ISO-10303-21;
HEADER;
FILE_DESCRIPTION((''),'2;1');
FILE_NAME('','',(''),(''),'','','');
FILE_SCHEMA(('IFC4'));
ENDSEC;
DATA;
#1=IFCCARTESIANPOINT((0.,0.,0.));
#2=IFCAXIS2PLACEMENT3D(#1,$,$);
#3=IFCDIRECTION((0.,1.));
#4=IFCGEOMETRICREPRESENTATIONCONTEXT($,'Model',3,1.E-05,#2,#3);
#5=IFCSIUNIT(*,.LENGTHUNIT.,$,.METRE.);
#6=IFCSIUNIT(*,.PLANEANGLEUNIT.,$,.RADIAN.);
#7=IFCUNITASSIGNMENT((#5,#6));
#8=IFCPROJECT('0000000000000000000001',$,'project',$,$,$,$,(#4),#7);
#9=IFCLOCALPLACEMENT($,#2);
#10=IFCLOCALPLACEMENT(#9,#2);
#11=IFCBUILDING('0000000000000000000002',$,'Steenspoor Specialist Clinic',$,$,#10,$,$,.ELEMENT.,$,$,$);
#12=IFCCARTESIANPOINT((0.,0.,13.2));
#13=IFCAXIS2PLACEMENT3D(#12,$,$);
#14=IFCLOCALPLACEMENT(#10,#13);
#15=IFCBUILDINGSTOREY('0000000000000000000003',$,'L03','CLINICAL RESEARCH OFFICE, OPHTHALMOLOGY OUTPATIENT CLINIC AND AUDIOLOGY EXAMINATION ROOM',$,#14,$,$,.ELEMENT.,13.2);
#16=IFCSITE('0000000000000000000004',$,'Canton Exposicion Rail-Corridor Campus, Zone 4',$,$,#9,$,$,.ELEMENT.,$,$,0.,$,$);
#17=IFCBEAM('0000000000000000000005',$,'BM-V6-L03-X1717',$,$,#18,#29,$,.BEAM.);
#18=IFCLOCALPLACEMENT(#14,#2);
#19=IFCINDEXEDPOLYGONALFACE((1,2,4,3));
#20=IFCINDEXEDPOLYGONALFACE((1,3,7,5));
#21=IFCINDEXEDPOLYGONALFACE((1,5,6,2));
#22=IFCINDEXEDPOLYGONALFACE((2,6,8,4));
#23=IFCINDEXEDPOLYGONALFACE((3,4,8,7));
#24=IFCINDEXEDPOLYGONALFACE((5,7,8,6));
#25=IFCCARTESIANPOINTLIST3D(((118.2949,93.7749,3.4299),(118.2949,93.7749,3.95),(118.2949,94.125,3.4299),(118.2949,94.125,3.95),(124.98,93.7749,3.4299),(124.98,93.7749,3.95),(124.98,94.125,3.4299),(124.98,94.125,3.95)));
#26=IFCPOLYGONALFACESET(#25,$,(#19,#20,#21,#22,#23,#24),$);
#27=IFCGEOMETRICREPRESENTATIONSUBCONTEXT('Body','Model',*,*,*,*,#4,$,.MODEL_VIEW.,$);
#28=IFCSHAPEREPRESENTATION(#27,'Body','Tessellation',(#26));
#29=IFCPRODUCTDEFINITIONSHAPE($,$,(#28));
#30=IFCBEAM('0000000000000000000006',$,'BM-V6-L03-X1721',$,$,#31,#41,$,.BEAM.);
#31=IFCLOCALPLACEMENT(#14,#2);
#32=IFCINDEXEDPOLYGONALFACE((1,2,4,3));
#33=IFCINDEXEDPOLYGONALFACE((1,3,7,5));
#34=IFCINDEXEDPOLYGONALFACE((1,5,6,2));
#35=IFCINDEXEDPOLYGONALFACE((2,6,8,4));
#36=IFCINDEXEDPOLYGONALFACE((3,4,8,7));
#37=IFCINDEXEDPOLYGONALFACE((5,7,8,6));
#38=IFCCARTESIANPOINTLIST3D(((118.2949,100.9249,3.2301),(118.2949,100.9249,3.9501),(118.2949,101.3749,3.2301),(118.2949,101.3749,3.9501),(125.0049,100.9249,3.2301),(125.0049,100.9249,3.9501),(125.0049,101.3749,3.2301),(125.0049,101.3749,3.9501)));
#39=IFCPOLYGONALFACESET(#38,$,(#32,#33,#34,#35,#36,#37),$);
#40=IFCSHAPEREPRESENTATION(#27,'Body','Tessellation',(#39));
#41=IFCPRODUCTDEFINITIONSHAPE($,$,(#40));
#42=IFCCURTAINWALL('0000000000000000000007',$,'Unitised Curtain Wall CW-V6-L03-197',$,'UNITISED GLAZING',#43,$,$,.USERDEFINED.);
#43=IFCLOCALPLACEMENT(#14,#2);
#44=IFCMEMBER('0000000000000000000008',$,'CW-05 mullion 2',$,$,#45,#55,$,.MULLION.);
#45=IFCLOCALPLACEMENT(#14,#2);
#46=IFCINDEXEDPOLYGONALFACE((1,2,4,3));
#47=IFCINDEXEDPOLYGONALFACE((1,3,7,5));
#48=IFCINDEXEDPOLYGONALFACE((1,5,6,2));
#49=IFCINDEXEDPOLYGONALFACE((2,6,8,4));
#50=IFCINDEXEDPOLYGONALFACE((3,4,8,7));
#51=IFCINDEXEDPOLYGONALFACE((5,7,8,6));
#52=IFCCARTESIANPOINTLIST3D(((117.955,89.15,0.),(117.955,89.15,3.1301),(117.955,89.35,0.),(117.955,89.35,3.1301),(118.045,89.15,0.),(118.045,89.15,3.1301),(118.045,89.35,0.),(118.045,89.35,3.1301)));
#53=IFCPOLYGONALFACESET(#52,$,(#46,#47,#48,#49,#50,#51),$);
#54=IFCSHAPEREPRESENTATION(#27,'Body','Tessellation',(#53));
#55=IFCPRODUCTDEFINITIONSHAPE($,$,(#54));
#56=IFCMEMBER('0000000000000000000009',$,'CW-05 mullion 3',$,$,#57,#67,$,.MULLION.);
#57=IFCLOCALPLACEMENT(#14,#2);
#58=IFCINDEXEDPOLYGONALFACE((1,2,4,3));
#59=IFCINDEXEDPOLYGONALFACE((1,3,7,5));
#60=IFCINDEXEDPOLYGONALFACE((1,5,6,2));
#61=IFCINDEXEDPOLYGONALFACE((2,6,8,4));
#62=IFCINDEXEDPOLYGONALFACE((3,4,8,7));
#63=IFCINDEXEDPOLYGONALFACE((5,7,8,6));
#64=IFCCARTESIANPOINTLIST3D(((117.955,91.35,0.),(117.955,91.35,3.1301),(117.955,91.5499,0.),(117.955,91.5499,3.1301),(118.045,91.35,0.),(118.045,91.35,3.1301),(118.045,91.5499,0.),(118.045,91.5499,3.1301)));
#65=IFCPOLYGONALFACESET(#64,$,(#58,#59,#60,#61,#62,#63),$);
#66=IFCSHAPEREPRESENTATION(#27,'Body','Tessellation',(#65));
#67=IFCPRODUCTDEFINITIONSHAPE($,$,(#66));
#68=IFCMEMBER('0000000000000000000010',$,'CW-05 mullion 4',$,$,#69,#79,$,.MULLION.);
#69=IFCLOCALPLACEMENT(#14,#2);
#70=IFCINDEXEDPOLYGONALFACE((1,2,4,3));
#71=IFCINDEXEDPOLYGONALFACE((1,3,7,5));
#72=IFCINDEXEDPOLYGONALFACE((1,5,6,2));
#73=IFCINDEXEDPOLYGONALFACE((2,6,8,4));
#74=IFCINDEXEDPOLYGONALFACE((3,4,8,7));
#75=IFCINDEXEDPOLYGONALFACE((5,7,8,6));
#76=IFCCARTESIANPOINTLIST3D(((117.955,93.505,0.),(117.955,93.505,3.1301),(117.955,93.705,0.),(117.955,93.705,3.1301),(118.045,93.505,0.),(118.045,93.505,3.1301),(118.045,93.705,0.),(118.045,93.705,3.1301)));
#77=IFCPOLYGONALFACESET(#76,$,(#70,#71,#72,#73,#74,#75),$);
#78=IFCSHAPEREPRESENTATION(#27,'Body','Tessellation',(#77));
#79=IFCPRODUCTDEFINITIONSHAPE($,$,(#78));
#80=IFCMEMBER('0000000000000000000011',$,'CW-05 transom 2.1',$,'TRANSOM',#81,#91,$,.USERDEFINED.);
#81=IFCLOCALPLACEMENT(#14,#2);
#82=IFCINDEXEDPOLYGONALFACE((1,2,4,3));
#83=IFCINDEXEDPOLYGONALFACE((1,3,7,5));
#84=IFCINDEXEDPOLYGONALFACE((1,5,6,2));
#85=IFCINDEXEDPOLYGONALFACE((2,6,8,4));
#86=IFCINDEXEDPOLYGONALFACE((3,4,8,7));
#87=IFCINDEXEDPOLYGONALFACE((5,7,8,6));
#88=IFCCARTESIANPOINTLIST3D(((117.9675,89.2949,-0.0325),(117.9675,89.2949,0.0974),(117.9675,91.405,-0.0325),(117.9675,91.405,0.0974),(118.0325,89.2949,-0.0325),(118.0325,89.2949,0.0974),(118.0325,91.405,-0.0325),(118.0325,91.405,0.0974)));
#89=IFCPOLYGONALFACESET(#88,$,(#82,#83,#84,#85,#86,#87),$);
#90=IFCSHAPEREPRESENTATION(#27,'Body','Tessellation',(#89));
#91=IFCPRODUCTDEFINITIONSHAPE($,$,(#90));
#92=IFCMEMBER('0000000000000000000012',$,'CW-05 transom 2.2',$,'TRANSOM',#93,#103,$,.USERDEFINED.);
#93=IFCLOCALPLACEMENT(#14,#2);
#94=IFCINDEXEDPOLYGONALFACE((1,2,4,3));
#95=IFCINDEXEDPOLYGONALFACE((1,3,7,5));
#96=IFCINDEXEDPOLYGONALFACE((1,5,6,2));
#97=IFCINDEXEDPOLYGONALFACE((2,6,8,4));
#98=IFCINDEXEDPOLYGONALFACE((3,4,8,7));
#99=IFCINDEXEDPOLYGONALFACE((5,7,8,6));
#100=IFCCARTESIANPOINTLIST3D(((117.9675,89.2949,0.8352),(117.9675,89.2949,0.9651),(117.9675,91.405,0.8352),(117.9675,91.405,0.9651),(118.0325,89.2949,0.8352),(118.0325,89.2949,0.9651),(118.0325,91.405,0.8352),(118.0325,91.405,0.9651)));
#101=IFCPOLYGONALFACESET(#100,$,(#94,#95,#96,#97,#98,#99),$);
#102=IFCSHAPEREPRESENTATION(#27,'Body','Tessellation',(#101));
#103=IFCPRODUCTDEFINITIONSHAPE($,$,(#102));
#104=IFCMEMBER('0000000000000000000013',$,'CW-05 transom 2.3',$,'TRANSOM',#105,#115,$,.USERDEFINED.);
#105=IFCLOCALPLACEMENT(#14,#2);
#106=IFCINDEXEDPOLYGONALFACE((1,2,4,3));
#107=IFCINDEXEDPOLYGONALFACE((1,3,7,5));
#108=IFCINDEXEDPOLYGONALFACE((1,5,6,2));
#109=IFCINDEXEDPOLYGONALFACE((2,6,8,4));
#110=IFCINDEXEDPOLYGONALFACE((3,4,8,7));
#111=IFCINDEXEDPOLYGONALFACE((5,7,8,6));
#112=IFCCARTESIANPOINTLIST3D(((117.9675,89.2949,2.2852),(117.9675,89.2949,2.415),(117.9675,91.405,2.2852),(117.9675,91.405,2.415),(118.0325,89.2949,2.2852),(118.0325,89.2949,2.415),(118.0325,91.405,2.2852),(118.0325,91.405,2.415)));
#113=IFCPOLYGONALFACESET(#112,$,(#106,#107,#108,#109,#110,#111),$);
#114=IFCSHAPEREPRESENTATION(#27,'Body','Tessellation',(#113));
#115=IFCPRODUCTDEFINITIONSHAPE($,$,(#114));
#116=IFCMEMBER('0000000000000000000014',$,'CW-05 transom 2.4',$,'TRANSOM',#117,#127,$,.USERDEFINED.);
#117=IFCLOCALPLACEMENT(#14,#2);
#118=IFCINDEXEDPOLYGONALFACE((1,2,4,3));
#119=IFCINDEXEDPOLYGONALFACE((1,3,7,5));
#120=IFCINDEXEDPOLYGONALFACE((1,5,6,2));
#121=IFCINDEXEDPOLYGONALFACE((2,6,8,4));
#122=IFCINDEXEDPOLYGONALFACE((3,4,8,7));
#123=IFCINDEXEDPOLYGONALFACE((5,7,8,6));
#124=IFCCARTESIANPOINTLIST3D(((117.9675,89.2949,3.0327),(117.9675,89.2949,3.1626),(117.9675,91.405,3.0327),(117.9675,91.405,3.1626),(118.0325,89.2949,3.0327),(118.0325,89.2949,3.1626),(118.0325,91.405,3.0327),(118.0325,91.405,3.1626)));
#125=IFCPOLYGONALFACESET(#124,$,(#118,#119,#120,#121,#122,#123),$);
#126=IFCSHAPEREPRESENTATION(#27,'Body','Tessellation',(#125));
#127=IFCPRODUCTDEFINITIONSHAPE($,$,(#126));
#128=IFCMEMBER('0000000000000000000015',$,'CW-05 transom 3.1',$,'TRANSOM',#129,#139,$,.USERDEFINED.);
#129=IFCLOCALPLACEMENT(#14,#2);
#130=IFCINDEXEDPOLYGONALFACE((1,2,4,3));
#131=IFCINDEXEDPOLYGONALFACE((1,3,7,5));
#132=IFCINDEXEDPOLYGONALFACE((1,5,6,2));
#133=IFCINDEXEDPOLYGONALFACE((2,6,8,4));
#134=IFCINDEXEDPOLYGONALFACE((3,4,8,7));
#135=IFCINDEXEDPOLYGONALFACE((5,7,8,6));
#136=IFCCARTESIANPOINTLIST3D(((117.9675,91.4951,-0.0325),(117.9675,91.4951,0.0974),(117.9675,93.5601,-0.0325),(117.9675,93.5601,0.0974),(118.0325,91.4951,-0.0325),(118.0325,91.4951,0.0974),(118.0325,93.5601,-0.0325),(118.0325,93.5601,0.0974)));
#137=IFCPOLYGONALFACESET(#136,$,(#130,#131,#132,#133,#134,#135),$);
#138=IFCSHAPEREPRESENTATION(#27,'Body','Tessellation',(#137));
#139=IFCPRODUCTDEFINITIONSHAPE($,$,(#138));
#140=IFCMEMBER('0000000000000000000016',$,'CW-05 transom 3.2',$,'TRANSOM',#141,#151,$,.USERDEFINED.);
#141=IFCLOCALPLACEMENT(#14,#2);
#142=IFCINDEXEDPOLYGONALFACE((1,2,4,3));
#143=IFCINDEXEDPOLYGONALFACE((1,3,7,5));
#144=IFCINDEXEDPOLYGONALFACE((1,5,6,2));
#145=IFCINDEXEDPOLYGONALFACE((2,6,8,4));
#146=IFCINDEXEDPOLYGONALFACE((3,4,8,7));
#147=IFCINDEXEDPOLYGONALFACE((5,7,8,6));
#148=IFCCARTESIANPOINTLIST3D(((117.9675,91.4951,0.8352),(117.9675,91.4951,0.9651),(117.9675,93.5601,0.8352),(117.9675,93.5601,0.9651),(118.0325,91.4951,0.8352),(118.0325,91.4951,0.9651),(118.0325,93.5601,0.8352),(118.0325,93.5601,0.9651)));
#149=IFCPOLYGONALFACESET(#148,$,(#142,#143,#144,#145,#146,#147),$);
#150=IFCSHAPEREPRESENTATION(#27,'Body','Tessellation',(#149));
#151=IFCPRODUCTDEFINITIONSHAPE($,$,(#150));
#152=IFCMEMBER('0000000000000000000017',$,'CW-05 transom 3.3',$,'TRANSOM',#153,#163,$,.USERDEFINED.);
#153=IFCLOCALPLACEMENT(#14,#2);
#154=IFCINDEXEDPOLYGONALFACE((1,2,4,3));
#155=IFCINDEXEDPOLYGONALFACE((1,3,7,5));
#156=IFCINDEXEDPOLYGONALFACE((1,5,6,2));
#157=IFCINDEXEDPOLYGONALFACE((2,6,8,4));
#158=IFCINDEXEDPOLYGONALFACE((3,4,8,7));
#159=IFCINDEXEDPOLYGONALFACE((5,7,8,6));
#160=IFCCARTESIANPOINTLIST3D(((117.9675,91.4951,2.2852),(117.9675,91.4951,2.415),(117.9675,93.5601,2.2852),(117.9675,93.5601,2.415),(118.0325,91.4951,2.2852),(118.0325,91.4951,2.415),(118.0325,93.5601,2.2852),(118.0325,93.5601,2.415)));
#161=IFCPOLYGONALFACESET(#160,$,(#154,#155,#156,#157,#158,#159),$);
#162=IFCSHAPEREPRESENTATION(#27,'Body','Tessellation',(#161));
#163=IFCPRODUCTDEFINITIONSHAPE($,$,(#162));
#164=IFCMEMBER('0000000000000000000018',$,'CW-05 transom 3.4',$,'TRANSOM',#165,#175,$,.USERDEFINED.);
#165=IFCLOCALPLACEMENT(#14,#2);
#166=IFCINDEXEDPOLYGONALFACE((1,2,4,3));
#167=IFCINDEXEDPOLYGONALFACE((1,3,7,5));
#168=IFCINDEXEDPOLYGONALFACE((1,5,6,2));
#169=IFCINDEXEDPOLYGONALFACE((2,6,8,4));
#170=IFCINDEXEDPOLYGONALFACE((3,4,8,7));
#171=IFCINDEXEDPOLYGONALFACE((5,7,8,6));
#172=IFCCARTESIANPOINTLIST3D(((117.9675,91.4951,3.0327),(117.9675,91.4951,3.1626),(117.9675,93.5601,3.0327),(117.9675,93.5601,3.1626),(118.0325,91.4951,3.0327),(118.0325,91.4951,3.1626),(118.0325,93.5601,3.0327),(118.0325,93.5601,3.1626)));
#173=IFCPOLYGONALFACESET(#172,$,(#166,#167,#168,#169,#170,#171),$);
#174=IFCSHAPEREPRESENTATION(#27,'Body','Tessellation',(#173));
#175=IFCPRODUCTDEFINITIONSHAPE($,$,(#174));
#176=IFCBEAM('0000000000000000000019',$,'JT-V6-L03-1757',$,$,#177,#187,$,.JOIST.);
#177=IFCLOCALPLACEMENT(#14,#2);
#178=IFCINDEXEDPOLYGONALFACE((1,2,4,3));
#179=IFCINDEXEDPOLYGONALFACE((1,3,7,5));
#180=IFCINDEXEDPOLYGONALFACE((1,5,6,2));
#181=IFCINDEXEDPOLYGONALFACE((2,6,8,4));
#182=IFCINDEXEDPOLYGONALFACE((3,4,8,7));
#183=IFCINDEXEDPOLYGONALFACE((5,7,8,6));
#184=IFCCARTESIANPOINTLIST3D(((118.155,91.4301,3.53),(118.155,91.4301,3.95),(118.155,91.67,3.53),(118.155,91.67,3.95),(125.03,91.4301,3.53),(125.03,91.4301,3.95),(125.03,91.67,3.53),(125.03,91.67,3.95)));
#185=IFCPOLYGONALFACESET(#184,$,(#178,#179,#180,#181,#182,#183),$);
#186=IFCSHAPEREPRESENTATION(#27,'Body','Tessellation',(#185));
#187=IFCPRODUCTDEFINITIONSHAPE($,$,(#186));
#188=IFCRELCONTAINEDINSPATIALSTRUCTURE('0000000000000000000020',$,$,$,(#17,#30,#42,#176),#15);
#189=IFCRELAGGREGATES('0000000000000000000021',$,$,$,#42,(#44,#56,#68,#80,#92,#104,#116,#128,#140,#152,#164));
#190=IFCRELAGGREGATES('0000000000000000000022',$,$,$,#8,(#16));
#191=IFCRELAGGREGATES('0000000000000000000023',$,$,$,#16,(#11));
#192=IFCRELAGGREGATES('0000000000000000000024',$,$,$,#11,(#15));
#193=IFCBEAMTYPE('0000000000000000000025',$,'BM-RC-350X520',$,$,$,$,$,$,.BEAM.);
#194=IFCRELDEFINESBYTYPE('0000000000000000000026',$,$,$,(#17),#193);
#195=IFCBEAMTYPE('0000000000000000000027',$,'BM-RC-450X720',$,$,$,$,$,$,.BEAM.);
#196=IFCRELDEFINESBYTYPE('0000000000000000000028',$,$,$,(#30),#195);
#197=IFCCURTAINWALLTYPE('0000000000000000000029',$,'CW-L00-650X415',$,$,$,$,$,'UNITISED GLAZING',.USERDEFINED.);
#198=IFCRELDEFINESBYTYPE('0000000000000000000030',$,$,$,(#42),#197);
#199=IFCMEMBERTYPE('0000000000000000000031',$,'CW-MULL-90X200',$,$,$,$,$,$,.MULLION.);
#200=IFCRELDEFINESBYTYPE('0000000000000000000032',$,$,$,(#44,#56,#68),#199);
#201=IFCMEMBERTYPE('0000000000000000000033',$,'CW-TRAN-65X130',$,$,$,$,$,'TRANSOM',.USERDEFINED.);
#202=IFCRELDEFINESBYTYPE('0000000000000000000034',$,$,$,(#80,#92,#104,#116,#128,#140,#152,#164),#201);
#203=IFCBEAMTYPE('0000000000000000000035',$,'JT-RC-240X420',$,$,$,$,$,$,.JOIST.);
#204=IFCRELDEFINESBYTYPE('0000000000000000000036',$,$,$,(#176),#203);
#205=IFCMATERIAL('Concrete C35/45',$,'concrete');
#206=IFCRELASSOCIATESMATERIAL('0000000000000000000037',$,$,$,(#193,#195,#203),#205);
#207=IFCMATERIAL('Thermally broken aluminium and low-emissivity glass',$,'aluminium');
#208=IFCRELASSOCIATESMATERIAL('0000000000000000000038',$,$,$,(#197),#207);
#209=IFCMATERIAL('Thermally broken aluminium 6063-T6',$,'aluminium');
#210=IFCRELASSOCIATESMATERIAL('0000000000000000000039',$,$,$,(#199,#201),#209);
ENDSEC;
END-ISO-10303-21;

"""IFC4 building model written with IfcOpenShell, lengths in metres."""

from ifc_helpers import new_model, si_unit, direction, frame, origin, origin_2d, place, context, subcontext, project, spatial, rectangle, extrude, material, material_profile, profile_set, type_object, element, aggregate, save


model = new_model("IFC4")

# Units and contexts
model_context = context("Model", 3, precision=1e-05, world=origin(), true_north=direction((0.0, 1.0)))
body_context = subcontext(model_context, "Body", "Model", "MODEL_VIEW")
ifc_project = project(units=[si_unit("LENGTHUNIT", "METRE"), si_unit("PLANEANGLEUNIT", "RADIAN")], contexts=[model_context])

# Site, building, storey
site_placement = place(None, origin())
site = spatial("IfcSite", under=ifc_project, at=site_placement, Name="Canton Exposicion Rail-Corridor Campus, Zone 4", CompositionType="ELEMENT", RefElevation=0.0)
building_placement = place(site_placement, origin())
building = spatial("IfcBuilding", under=site, at=building_placement, Name="Steenspoor Specialist Clinic", CompositionType="ELEMENT")
storey_placement = place(building_placement, frame((0.0, 0.0, 13.2)))
storey = spatial("IfcBuildingStorey", under=building, at=storey_placement, Name="L03", Description="CLINICAL RESEARCH OFFICE, OPHTHALMOLOGY OUTPATIENT CLINIC AND AUDIOLOGY EXAMINATION ROOM", CompositionType="ELEMENT", Elevation=13.2)

# Beams
ifc_material_1 = material(Name="Concrete C35/45", Category="concrete")
ifc_material_profile_1 = material_profile(ifc_material_1, rectangle(XDim=0.3501, YDim=0.52, at=origin_2d()), Name="RC-BM-350X520")
ifc_profile_set_1 = profile_set([ifc_material_profile_1], Name="Concrete C35/45")
beam_type_1 = type_object("IfcBeamType", Name="BM-RC-350X520", PredefinedType="BEAM", material=ifc_profile_set_1)
beam_1_placement = place(storey_placement, frame((118.2949, 93.95, 3.6899), z_axis=(1.0, 0.0, 0.0), x_axis=(0.0, 1.0, 0.0)))
element("IfcBeam", 1, at=beam_1_placement, inside=storey, type_object=beam_type_1, Name="BM-V6-L03-X1717", PredefinedType="BEAM", context=body_context, shape_type="SweptSolid", body=[
    extrude(rectangle(XDim=0.3501, YDim=0.52, at=origin_2d()), origin(), (0.0, 0.0, 1.0), 6.6851),
])
ifc_material_profile_2 = material_profile(ifc_material_1, rectangle(XDim=0.45, YDim=0.72, at=origin_2d()), Name="RC-BM-450X720")
ifc_profile_set_2 = profile_set([ifc_material_profile_2], Name="Concrete C35/45")
beam_type_2 = type_object("IfcBeamType", Name="BM-RC-450X720", PredefinedType="BEAM", material=ifc_profile_set_2)
beam_2_placement = place(storey_placement, frame((118.2949, 101.1499, 3.5901), z_axis=(1.0, 0.0, 0.0), x_axis=(0.0, 1.0, 0.0)))
element("IfcBeam", 2, at=beam_2_placement, inside=storey, type_object=beam_type_2, Name="BM-V6-L03-X1721", PredefinedType="BEAM", context=body_context, shape_type="SweptSolid", body=[
    extrude(rectangle(XDim=0.45, YDim=0.72, at=origin_2d()), origin(), (0.0, 0.0, 1.0), 6.71),
])

# Curtain wall, members
ifc_material_2 = material(Name="Thermally broken aluminium and low-emissivity glass", Category="aluminium")
curtain_wall_type = type_object("IfcCurtainWallType", Name="CW-L00-650X415", ElementType="UNITISED GLAZING", PredefinedType="USERDEFINED", material=ifc_material_2)
curtain_wall_placement = place(storey_placement, origin())
curtain_wall = element("IfcCurtainWall", 3, at=curtain_wall_placement, inside=storey, type_object=curtain_wall_type, Name="Unitised Curtain Wall CW-V6-L03-197", ObjectType="UNITISED GLAZING", PredefinedType="USERDEFINED")
ifc_material_3 = material(Name="Thermally broken aluminium 6063-T6", Category="aluminium")
ifc_material_profile_3 = material_profile(ifc_material_3, rectangle(XDim=0.0901, YDim=0.2, at=origin_2d()), Name="CWM-90X200")
ifc_profile_set_3 = profile_set([ifc_material_profile_3], Name="Thermally broken aluminium 6063-T6")
member_type_1 = type_object("IfcMemberType", Name="CW-MULL-90X200", PredefinedType="MULLION", material=ifc_profile_set_3)
member_1_placement = place(storey_placement, frame((118.0, 89.25, 0.0), z_axis=(0.0, 0.0, 1.0), x_axis=(-1.0, 0.0, 0.0)))
member_1 = element("IfcMember", 4, at=member_1_placement, type_object=member_type_1, Name="CW-05 mullion 2", PredefinedType="MULLION", context=body_context, shape_type="SweptSolid", body=[
    extrude(rectangle(XDim=0.0901, YDim=0.2, at=origin_2d()), origin(), (0.0, 0.0, 1.0), 3.1301),
])
member_2_placement = place(storey_placement, frame((118.0, 91.45, 0.0), z_axis=(0.0, 0.0, 1.0), x_axis=(-1.0, 0.0, 0.0)))
member_2 = element("IfcMember", 5, at=member_2_placement, type_object=member_type_1, Name="CW-05 mullion 3", PredefinedType="MULLION", context=body_context, shape_type="SweptSolid", body=[
    extrude(rectangle(XDim=0.0901, YDim=0.2, at=origin_2d()), origin(), (0.0, 0.0, 1.0), 3.1301),
])
member_3_placement = place(storey_placement, frame((118.0, 93.605, 0.0), z_axis=(0.0, 0.0, 1.0), x_axis=(-1.0, 0.0, 0.0)))
member_3 = element("IfcMember", 6, at=member_3_placement, type_object=member_type_1, Name="CW-05 mullion 4", PredefinedType="MULLION", context=body_context, shape_type="SweptSolid", body=[
    extrude(rectangle(XDim=0.0901, YDim=0.2, at=origin_2d()), origin(), (0.0, 0.0, 1.0), 3.1301),
])
ifc_material_profile_4 = material_profile(ifc_material_3, rectangle(XDim=0.0649, YDim=0.1299, at=origin_2d()), Name="CWT-65X130")
ifc_profile_set_4 = profile_set([ifc_material_profile_4], Name="Thermally broken aluminium 6063-T6")
member_type_2 = type_object("IfcMemberType", Name="CW-TRAN-65X130", ElementType="TRANSOM", PredefinedType="USERDEFINED", material=ifc_profile_set_4)
member_4_placement = place(storey_placement, frame((118.0, 89.2949, 0.0325), z_axis=(0.0, 1.0, 0.0), x_axis=(-1.0, 0.0, 0.0)))
member_4 = element("IfcMember", 7, at=member_4_placement, type_object=member_type_2, Name="CW-05 transom 2.1", ObjectType="TRANSOM", PredefinedType="USERDEFINED", context=body_context, shape_type="SweptSolid", body=[
    extrude(rectangle(XDim=0.0649, YDim=0.1299, at=origin_2d()), origin(), (0.0, 0.0, 1.0), 2.1101),
])
member_5_placement = place(storey_placement, frame((118.0, 89.2949, 0.9001), z_axis=(0.0, 1.0, 0.0), x_axis=(-1.0, 0.0, 0.0)))
member_5 = element("IfcMember", 8, at=member_5_placement, type_object=member_type_2, Name="CW-05 transom 2.2", ObjectType="TRANSOM", PredefinedType="USERDEFINED", context=body_context, shape_type="SweptSolid", body=[
    extrude(rectangle(XDim=0.0649, YDim=0.1299, at=origin_2d()), origin(), (0.0, 0.0, 1.0), 2.1101),
])
member_6_placement = place(storey_placement, frame((118.0, 89.2949, 2.3501), z_axis=(0.0, 1.0, 0.0), x_axis=(-1.0, 0.0, 0.0)))
member_6 = element("IfcMember", 9, at=member_6_placement, type_object=member_type_2, Name="CW-05 transom 2.3", ObjectType="TRANSOM", PredefinedType="USERDEFINED", context=body_context, shape_type="SweptSolid", body=[
    extrude(rectangle(XDim=0.0649, YDim=0.1299, at=origin_2d()), origin(), (0.0, 0.0, 1.0), 2.1101),
])
member_7_placement = place(storey_placement, frame((118.0, 89.2949, 3.0977), z_axis=(0.0, 1.0, 0.0), x_axis=(-1.0, 0.0, 0.0)))
member_7 = element("IfcMember", 10, at=member_7_placement, type_object=member_type_2, Name="CW-05 transom 2.4", ObjectType="TRANSOM", PredefinedType="USERDEFINED", context=body_context, shape_type="SweptSolid", body=[
    extrude(rectangle(XDim=0.0649, YDim=0.1299, at=origin_2d()), origin(), (0.0, 0.0, 1.0), 2.1101),
])
member_8_placement = place(storey_placement, frame((118.0, 91.4951, 0.0325), z_axis=(0.0, 1.0, 0.0), x_axis=(-1.0, 0.0, 0.0)))
member_8 = element("IfcMember", 11, at=member_8_placement, type_object=member_type_2, Name="CW-05 transom 3.1", ObjectType="TRANSOM", PredefinedType="USERDEFINED", context=body_context, shape_type="SweptSolid", body=[
    extrude(rectangle(XDim=0.0649, YDim=0.1299, at=origin_2d()), origin(), (0.0, 0.0, 1.0), 2.0649),
])
member_9_placement = place(storey_placement, frame((118.0, 91.4951, 0.9001), z_axis=(0.0, 1.0, 0.0), x_axis=(-1.0, 0.0, 0.0)))
member_9 = element("IfcMember", 12, at=member_9_placement, type_object=member_type_2, Name="CW-05 transom 3.2", ObjectType="TRANSOM", PredefinedType="USERDEFINED", context=body_context, shape_type="SweptSolid", body=[
    extrude(rectangle(XDim=0.0649, YDim=0.1299, at=origin_2d()), origin(), (0.0, 0.0, 1.0), 2.0649),
])
member_10_placement = place(storey_placement, frame((118.0, 91.4951, 2.3501), z_axis=(0.0, 1.0, 0.0), x_axis=(-1.0, 0.0, 0.0)))
member_10 = element("IfcMember", 13, at=member_10_placement, type_object=member_type_2, Name="CW-05 transom 3.3", ObjectType="TRANSOM", PredefinedType="USERDEFINED", context=body_context, shape_type="SweptSolid", body=[
    extrude(rectangle(XDim=0.0649, YDim=0.1299, at=origin_2d()), origin(), (0.0, 0.0, 1.0), 2.0649),
])
member_11_placement = place(storey_placement, frame((118.0, 91.4951, 3.0977), z_axis=(0.0, 1.0, 0.0), x_axis=(-1.0, 0.0, 0.0)))
member_11 = element("IfcMember", 14, at=member_11_placement, type_object=member_type_2, Name="CW-05 transom 3.4", ObjectType="TRANSOM", PredefinedType="USERDEFINED", context=body_context, shape_type="SweptSolid", body=[
    extrude(rectangle(XDim=0.0649, YDim=0.1299, at=origin_2d()), origin(), (0.0, 0.0, 1.0), 2.0649),
])

# Beam
ifc_material_profile_5 = material_profile(ifc_material_1, rectangle(XDim=0.24, YDim=0.4199, at=origin_2d()), Name="RC-JT-240X420")
ifc_profile_set_5 = profile_set([ifc_material_profile_5], Name="Concrete C35/45")
beam_type_3 = type_object("IfcBeamType", Name="JT-RC-240X420", PredefinedType="JOIST", material=ifc_profile_set_5)
beam_3_placement = place(storey_placement, frame((118.155, 91.55, 3.74), z_axis=(1.0, 0.0, 0.0), x_axis=(0.0, 1.0, 0.0)))
element("IfcBeam", 15, at=beam_3_placement, inside=storey, type_object=beam_type_3, Name="JT-V6-L03-1757", PredefinedType="JOIST", context=body_context, shape_type="SweptSolid", body=[
    extrude(rectangle(XDim=0.24, YDim=0.4199, at=origin_2d()), origin(), (0.0, 0.0, 1.0), 6.875),
])

aggregate(curtain_wall, [member_1, member_2, member_3, member_4, member_5, member_6, member_7, member_8, member_9, member_10, member_11])

save(model, "model.ifc")
